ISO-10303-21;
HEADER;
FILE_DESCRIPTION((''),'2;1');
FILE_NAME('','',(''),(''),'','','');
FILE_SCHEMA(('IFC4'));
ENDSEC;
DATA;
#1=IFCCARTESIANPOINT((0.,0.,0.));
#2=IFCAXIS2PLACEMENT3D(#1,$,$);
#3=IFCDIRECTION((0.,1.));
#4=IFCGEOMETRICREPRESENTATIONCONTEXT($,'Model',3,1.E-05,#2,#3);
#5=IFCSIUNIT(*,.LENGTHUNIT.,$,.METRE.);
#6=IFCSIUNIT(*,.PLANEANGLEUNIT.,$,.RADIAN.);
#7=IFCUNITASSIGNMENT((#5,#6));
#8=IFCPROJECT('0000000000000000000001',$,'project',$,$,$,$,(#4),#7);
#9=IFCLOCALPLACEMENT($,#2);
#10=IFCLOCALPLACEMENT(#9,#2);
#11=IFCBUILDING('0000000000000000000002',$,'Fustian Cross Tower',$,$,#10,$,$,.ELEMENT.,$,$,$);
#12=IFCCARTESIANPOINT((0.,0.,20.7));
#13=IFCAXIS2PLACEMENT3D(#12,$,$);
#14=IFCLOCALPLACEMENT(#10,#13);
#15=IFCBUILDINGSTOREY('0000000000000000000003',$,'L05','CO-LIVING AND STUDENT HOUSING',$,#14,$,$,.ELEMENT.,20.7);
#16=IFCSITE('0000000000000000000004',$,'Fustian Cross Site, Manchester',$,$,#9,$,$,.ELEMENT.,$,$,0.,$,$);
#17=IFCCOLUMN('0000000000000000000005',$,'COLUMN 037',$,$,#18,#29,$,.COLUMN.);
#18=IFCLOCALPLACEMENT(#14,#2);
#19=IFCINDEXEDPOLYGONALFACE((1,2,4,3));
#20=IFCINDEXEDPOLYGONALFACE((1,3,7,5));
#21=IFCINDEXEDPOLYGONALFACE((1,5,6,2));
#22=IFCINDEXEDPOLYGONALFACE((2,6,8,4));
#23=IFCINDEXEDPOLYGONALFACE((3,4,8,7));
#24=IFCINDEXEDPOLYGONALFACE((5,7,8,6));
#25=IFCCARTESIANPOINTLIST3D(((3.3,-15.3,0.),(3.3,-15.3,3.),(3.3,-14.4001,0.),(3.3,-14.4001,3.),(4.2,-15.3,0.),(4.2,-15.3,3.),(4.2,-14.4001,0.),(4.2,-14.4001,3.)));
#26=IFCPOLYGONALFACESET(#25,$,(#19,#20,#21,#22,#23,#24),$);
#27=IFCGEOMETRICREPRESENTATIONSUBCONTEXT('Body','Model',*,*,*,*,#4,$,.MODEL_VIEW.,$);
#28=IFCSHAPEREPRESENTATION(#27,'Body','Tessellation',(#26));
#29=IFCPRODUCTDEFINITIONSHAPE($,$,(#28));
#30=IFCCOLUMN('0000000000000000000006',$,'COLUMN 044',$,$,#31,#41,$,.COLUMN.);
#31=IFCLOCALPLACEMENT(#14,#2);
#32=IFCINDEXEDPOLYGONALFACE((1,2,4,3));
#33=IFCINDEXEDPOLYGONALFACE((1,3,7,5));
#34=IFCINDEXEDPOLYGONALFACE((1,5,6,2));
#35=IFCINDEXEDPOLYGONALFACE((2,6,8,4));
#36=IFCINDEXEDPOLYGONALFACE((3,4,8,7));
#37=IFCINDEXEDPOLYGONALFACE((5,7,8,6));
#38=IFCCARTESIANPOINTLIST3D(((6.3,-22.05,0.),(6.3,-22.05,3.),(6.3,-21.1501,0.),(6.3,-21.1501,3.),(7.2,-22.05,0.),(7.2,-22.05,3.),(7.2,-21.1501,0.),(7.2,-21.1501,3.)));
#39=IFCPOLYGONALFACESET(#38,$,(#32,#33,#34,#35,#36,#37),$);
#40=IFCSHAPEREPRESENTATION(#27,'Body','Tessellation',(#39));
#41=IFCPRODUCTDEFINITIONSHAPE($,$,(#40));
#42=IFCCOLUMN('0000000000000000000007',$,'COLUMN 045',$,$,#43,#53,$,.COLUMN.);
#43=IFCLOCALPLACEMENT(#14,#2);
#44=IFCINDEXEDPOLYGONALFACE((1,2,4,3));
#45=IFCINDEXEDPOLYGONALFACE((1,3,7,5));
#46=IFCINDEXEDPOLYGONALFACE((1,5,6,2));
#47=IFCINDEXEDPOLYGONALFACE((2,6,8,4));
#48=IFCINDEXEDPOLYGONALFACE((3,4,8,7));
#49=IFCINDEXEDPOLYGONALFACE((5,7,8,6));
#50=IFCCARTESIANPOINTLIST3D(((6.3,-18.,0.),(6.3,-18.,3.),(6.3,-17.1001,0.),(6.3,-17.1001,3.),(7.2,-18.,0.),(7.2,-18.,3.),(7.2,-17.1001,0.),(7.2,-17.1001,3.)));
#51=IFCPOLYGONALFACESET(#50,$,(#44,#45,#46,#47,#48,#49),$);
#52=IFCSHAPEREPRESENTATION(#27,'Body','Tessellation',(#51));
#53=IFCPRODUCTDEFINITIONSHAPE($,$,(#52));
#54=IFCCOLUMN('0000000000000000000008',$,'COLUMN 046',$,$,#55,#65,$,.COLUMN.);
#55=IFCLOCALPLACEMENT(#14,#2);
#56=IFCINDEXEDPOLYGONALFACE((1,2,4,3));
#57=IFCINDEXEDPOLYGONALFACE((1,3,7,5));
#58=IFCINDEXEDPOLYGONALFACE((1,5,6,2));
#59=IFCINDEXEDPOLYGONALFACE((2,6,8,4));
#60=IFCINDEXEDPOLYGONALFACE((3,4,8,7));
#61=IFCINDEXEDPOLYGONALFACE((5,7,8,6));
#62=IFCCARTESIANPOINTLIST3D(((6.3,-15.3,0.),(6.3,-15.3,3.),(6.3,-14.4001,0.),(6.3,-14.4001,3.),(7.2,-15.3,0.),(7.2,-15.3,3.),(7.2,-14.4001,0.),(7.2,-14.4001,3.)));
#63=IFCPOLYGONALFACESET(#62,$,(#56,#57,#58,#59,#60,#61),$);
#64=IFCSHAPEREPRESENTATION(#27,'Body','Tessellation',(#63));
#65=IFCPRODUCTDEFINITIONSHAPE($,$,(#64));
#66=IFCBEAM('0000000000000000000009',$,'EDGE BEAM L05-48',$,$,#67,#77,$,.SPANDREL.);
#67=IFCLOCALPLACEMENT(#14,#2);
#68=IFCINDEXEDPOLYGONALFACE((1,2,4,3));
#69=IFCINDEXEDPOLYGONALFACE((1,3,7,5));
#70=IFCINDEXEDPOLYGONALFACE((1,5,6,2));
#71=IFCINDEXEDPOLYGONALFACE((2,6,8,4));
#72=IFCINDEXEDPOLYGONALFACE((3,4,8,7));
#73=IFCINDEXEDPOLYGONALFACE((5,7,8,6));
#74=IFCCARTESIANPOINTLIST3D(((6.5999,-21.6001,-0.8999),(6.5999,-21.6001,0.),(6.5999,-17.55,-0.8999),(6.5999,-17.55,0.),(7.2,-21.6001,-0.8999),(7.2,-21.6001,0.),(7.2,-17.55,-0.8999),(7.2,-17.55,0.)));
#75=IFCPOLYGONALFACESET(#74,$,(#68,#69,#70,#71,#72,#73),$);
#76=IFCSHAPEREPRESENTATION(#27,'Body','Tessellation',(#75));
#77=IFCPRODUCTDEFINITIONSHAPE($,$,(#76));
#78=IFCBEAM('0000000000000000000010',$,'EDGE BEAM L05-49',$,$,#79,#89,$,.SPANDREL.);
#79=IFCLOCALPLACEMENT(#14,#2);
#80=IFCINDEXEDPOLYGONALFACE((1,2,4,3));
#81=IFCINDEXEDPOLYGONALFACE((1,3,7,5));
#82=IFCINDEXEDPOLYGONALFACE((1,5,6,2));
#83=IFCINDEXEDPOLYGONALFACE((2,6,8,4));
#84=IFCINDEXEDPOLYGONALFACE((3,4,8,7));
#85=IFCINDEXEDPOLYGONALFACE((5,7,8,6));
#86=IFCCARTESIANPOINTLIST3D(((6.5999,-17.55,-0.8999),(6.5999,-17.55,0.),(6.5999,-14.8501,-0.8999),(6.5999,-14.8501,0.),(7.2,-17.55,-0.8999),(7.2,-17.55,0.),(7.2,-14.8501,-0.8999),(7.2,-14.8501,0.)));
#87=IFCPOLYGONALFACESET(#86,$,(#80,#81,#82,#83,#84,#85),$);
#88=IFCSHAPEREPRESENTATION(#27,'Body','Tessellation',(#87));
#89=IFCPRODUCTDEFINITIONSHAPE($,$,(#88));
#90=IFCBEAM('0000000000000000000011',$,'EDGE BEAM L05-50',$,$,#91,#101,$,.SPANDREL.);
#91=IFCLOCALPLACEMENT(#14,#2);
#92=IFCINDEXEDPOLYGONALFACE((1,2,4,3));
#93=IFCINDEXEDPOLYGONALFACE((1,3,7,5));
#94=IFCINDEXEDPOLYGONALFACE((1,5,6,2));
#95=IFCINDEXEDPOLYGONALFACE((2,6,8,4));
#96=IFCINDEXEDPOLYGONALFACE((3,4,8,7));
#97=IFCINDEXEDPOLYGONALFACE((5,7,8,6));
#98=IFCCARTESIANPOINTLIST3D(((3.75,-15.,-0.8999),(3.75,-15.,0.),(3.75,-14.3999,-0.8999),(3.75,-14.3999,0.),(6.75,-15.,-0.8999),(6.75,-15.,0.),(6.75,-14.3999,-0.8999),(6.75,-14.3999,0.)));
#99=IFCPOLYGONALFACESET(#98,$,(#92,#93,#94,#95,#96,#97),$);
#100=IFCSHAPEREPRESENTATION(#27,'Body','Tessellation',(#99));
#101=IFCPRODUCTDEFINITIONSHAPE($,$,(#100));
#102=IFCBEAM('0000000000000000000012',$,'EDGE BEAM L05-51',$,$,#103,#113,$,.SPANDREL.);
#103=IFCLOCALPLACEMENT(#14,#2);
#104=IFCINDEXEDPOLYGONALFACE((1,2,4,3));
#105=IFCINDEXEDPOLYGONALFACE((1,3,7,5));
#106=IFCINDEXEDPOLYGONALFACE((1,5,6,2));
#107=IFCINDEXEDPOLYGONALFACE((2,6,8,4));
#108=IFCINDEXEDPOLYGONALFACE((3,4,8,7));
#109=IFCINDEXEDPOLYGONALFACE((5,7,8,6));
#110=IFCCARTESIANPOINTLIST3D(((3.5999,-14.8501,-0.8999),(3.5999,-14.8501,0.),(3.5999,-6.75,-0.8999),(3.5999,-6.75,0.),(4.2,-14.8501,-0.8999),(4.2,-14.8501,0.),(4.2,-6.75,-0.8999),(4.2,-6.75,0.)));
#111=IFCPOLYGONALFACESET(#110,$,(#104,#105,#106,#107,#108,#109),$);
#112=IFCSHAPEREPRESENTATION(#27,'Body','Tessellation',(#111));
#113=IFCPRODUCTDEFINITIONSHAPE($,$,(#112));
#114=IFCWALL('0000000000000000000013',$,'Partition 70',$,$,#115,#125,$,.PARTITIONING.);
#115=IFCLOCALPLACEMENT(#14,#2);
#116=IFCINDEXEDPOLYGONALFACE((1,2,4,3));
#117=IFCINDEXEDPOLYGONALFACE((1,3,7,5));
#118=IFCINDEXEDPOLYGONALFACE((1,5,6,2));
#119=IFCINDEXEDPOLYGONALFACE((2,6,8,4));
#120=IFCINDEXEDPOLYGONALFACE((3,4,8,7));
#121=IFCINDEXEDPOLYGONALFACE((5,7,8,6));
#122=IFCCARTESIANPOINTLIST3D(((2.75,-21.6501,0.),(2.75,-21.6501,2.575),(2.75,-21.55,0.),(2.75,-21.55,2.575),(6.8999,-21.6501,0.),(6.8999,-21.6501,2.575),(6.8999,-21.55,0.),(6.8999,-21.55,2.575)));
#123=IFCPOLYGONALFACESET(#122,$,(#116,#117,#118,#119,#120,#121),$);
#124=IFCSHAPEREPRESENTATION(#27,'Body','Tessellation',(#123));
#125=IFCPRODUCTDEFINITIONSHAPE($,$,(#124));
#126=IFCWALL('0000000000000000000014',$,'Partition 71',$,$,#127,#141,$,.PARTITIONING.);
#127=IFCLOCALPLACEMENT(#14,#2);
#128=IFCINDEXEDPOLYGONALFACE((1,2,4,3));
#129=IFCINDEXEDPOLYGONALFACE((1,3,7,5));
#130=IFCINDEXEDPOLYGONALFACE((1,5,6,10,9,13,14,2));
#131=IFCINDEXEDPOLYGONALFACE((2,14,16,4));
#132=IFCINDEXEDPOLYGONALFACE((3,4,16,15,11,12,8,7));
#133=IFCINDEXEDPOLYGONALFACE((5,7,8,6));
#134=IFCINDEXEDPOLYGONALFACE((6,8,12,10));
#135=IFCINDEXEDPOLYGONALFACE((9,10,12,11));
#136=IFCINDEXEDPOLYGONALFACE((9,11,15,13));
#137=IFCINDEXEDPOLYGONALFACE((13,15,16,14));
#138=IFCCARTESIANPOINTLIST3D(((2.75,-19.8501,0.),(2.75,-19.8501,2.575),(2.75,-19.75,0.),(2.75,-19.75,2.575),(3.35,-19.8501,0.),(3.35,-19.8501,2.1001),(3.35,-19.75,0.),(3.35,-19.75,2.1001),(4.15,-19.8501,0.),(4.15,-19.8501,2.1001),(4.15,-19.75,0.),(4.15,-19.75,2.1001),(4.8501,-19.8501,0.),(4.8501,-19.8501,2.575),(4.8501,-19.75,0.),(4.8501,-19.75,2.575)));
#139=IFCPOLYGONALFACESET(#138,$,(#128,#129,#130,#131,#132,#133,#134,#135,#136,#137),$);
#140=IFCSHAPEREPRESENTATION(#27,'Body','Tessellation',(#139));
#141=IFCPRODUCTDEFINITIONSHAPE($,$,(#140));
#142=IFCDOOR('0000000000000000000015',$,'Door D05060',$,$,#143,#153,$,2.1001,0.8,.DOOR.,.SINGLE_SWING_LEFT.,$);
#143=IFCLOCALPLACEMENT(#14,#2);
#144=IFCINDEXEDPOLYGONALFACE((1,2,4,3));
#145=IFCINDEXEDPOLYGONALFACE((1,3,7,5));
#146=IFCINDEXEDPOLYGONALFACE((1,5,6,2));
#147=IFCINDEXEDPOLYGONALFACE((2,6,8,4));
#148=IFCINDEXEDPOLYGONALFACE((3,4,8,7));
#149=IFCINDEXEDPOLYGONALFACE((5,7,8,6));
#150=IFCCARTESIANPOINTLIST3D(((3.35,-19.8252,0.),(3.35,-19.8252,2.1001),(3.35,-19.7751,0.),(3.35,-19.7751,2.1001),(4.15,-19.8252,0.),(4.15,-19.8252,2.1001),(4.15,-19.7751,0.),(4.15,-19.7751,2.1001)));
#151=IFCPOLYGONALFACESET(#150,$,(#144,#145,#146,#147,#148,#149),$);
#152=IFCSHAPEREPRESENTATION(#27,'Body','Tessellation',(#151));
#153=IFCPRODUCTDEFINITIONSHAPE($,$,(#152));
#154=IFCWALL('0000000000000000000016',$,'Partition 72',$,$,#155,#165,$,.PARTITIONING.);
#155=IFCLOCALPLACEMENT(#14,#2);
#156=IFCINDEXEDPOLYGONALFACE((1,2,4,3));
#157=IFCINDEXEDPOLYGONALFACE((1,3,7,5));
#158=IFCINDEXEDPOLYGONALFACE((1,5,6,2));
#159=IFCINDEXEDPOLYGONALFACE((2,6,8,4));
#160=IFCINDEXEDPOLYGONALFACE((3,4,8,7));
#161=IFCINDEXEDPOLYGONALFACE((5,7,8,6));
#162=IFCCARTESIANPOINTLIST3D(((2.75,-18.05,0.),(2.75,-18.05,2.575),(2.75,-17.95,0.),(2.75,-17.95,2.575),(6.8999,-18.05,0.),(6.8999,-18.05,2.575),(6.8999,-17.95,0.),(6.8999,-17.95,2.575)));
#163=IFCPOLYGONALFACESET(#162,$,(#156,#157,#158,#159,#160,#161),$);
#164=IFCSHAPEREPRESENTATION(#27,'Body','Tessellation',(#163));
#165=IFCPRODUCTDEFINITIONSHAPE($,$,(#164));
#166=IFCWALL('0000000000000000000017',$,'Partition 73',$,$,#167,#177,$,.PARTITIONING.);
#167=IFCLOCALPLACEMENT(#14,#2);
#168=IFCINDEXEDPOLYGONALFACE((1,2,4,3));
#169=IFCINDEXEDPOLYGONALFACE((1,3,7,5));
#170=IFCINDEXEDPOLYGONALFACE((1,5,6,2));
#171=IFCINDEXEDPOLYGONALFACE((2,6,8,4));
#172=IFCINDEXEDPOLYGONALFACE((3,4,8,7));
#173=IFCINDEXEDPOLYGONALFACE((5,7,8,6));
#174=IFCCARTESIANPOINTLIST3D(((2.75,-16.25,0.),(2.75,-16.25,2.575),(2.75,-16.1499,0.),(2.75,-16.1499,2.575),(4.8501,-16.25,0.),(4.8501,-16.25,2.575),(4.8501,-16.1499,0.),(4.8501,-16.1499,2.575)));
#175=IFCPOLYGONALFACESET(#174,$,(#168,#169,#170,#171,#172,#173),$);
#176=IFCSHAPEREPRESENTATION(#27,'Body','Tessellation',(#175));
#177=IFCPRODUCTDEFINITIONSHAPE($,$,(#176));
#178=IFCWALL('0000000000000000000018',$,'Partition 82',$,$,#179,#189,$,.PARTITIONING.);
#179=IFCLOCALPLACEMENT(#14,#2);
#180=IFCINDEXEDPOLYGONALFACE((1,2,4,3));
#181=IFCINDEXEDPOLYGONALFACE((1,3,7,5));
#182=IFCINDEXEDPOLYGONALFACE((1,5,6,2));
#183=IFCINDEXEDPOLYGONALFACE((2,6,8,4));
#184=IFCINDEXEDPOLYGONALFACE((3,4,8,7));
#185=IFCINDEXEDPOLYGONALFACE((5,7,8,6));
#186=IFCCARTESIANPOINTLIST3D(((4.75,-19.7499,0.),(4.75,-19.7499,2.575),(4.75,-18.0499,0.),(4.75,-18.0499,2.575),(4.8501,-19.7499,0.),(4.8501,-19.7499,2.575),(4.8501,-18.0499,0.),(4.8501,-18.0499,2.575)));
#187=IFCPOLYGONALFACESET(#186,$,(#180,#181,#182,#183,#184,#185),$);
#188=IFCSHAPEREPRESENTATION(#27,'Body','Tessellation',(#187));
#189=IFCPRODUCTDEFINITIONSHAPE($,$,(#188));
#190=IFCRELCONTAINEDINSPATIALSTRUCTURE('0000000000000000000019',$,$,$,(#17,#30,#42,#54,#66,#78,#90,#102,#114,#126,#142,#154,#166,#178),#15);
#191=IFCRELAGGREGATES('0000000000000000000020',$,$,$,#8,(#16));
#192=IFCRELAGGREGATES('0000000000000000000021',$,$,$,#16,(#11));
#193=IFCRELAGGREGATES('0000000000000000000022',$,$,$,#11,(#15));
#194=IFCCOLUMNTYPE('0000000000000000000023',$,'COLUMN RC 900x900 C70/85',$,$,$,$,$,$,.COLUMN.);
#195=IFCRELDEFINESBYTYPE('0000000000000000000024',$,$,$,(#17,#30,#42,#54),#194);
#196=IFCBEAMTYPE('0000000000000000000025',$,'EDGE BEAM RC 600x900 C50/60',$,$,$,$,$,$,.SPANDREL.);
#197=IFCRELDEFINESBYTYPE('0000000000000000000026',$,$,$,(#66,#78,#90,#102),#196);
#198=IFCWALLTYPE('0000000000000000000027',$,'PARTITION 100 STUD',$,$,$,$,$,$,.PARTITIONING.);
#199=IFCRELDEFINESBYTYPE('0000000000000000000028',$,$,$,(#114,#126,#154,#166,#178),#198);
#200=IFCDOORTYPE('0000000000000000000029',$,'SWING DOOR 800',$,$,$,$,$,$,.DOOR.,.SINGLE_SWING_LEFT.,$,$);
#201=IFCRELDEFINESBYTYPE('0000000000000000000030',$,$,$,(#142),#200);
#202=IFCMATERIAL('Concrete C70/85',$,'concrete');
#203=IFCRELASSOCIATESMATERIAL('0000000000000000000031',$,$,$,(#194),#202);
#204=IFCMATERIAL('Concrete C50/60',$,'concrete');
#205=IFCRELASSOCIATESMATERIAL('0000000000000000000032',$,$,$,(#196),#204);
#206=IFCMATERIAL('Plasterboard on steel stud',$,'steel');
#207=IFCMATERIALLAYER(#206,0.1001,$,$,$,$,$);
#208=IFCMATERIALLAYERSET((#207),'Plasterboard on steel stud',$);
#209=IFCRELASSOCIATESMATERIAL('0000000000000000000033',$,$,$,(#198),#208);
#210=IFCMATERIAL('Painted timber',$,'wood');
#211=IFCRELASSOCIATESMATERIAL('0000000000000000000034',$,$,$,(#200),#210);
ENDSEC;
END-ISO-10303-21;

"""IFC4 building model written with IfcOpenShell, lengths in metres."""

from ifc_helpers import new_model, si_unit, direction, frame, frame_2d, origin, origin_2d, place, context, subcontext, project, spatial, rectangle, extrude, material, layer, layer_set, material_profile, profile_set, type_object, element, fill, save


model = new_model("IFC4")

# Units and contexts
model_context = context("Model", 3, precision=1e-05, world=origin(), true_north=direction((0.0, 1.0)))
body_context = subcontext(model_context, "Body", "Model", "MODEL_VIEW")
ifc_project = project(units=[si_unit("LENGTHUNIT", "METRE"), si_unit("PLANEANGLEUNIT", "RADIAN")], contexts=[model_context])

# Site, building, storey
site_placement = place(None, origin())
site = spatial("IfcSite", under=ifc_project, at=site_placement, Name="Fustian Cross Site, Manchester", CompositionType="ELEMENT", RefElevation=0.0)
building_placement = place(site_placement, origin())
building = spatial("IfcBuilding", under=site, at=building_placement, Name="Fustian Cross Tower", CompositionType="ELEMENT")
storey_placement = place(building_placement, frame((0.0, 0.0, 20.7)))
storey = spatial("IfcBuildingStorey", under=building, at=storey_placement, Name="L05", Description="CO-LIVING AND STUDENT HOUSING", CompositionType="ELEMENT", Elevation=20.7)

# Columns
ifc_material_1 = material(Name="Concrete C70/85", Category="concrete")
ifc_material_profile_1 = material_profile(ifc_material_1, rectangle(XDim=0.8999, YDim=0.8999, at=origin_2d()), Name="RC 900x900")
ifc_profile_set_1 = profile_set([ifc_material_profile_1], Name="Concrete C70/85")
column_type = type_object("IfcColumnType", Name="COLUMN RC 900x900 C70/85", PredefinedType="COLUMN", material=ifc_profile_set_1)
for number, where, z_axis, x_axis, name in (
    (1, (3.75, -14.8501, 0.0), (0.0, 0.0, 1.0), (1.0, 0.0, 0.0), "COLUMN 037"),
    (2, (6.75, -21.6001, 0.0), (0.0, 0.0, 1.0), (1.0, 0.0, 0.0), "COLUMN 044"),
    (3, (6.75, -17.55, 0.0), (0.0, 0.0, 1.0), (1.0, 0.0, 0.0), "COLUMN 045"),
    (4, (6.75, -14.8501, 0.0), (0.0, 0.0, 1.0), (1.0, 0.0, 0.0), "COLUMN 046"),
):
    element("IfcColumn", number, at=place(storey_placement, frame(where, z_axis=z_axis, x_axis=x_axis)), inside=storey, type_object=column_type, Name=name, PredefinedType="COLUMN", context=body_context, shape_type="SweptSolid", body=[
        extrude(rectangle(XDim=0.8999, YDim=0.8999, at=origin_2d()), origin(), (0.0, 0.0, 1.0), 3.0),
    ])

# Beams
ifc_material_2 = material(Name="Concrete C50/60", Category="concrete")
ifc_material_profile_2 = material_profile(ifc_material_2, rectangle(XDim=0.6001, YDim=0.8999, at=origin_2d()), Name="RC 600x900")
ifc_profile_set_2 = profile_set([ifc_material_profile_2], Name="Concrete C50/60")
beam_type = type_object("IfcBeamType", Name="EDGE BEAM RC 600x900 C50/60", PredefinedType="SPANDREL", material=ifc_profile_set_2)
beam_1_placement = place(storey_placement, frame((6.8999, -21.6001, -0.45), z_axis=(0.0, 1.0, 0.0), x_axis=(-1.0, 0.0, 0.0)))
element("IfcBeam", 5, at=beam_1_placement, inside=storey, type_object=beam_type, Name="EDGE BEAM L05-48", PredefinedType="SPANDREL", context=body_context, shape_type="SweptSolid", body=[
    extrude(rectangle(XDim=0.6001, YDim=0.8999, at=origin_2d()), origin(), (0.0, 0.0, 1.0), 4.05),
])
beam_2_placement = place(storey_placement, frame((6.8999, -17.55, -0.45), z_axis=(0.0, 1.0, 0.0), x_axis=(-1.0, 0.0, 0.0)))
element("IfcBeam", 6, at=beam_2_placement, inside=storey, type_object=beam_type, Name="EDGE BEAM L05-49", PredefinedType="SPANDREL", context=body_context, shape_type="SweptSolid", body=[
    extrude(rectangle(XDim=0.6001, YDim=0.8999, at=origin_2d()), origin(), (0.0, 0.0, 1.0), 2.7),
])
beam_3_placement = place(storey_placement, frame((6.75, -14.7, -0.45), z_axis=(-1.0, 0.0, 0.0), x_axis=(0.0, -1.0, 0.0)))
element("IfcBeam", 7, at=beam_3_placement, inside=storey, type_object=beam_type, Name="EDGE BEAM L05-50", PredefinedType="SPANDREL", context=body_context, shape_type="SweptSolid", body=[
    extrude(rectangle(XDim=0.6001, YDim=0.8999, at=origin_2d()), origin(), (0.0, 0.0, 1.0), 3.0),
])
beam_4_placement = place(storey_placement, frame((3.8999, -14.8501, -0.45), z_axis=(0.0, 1.0, 0.0), x_axis=(-1.0, 0.0, 0.0)))
element("IfcBeam", 8, at=beam_4_placement, inside=storey, type_object=beam_type, Name="EDGE BEAM L05-51", PredefinedType="SPANDREL", context=body_context, shape_type="SweptSolid", body=[
    extrude(rectangle(XDim=0.6001, YDim=0.8999, at=origin_2d()), origin(), (0.0, 0.0, 1.0), 8.1001),
])

# Wall
ifc_material_3 = material(Name="Plasterboard on steel stud", Category="steel")
ifc_layer_1 = layer(ifc_material_3, 0.1001)
ifc_layer_set_1 = layer_set([ifc_layer_1], Name="Plasterboard on steel stud")
wall_type_1 = type_object("IfcWallType", Name="PARTITION 100 STUD", PredefinedType="PARTITIONING", material=ifc_layer_set_1)
wall_1_placement = place(storey_placement, frame((2.75, -21.6001, 0.0), z_axis=(0.0, 0.0, 1.0), x_axis=(1.0, 0.0, 0.0)))
element("IfcWall", 9, at=wall_1_placement, inside=storey, type_object=wall_type_1, Name="Partition 70", PredefinedType="PARTITIONING", context=body_context, shape_type="SweptSolid", body=[
    extrude(rectangle(XDim=4.1499, YDim=0.1001, at=frame_2d((2.075, 0.0))), origin(), (0.0, 0.0, 1.0), 2.575),
])

# Wall, opening, door
wall_2_placement = place(storey_placement, frame((2.75, -19.8, 0.0), z_axis=(0.0, 0.0, 1.0), x_axis=(1.0, 0.0, 0.0)))
wall_2 = element("IfcWall", 10, at=wall_2_placement, inside=storey, type_object=wall_type_1, Name="Partition 71", PredefinedType="PARTITIONING", context=body_context, shape_type="SweptSolid", body=[
    extrude(rectangle(XDim=2.1001, YDim=0.1001, at=frame_2d((1.05, 0.0))), origin(), (0.0, 0.0, 1.0), 2.575),
])
opening_1_placement = place(wall_2_placement, frame((0.6001, 0.0, 0.0)))
opening_1 = element("IfcOpeningElement", 11, at=opening_1_placement, cuts=wall_2, PredefinedType="OPENING", context=body_context, shape_type="SweptSolid", body=[
    extrude(rectangle(XDim=0.8, YDim=2.1001, at=frame_2d((0.3999, 1.05))), frame((0.0, 0.0601, 0.0), z_axis=(0.0, -1.0, 0.0), x_axis=(1.0, 0.0, 0.0)), (0.0, 0.0, 1.0), 0.1201),
])
ifc_material_4 = material(Name="Painted timber", Category="wood")
door_type = type_object("IfcDoorType", Name="SWING DOOR 800", OperationType="SINGLE_SWING_LEFT", PredefinedType="DOOR", material=ifc_material_4)
door_1_placement = place(opening_1_placement, origin())
door_1 = element("IfcDoor", 12, at=door_1_placement, inside=storey, type_object=door_type, Name="Door D05060", OperationType="SINGLE_SWING_LEFT", OverallHeight=2.1001, OverallWidth=0.8, PredefinedType="DOOR", context=body_context, shape_type="SweptSolid", body=[
    extrude(rectangle(XDim=0.8, YDim=2.1001, at=frame_2d((0.3999, 1.05))), frame((0.0, 0.0249, 0.0), z_axis=(0.0, -1.0, 0.0), x_axis=(1.0, 0.0, 0.0)), (0.0, 0.0, 1.0), 0.05),
])
fill(opening_1, door_1)

# Walls
wall_3_placement = place(storey_placement, frame((2.75, -18.0, 0.0), z_axis=(0.0, 0.0, 1.0), x_axis=(1.0, 0.0, 0.0)))
element("IfcWall", 13, at=wall_3_placement, inside=storey, type_object=wall_type_1, Name="Partition 72", PredefinedType="PARTITIONING", context=body_context, shape_type="SweptSolid", body=[
    extrude(rectangle(XDim=4.1499, YDim=0.1001, at=frame_2d((2.075, 0.0))), origin(), (0.0, 0.0, 1.0), 2.575),
])
wall_4_placement = place(storey_placement, frame((2.75, -16.2, 0.0), z_axis=(0.0, 0.0, 1.0), x_axis=(1.0, 0.0, 0.0)))
element("IfcWall", 14, at=wall_4_placement, inside=storey, type_object=wall_type_1, Name="Partition 73", PredefinedType="PARTITIONING", context=body_context, shape_type="SweptSolid", body=[
    extrude(rectangle(XDim=2.1001, YDim=0.1001, at=frame_2d((1.05, 0.0))), origin(), (0.0, 0.0, 1.0), 2.575),
])
wall_5_placement = place(storey_placement, frame((4.8, -19.75, 0.0), z_axis=(0.0, 0.0, 1.0), x_axis=(0.0, 1.0, 0.0)))
element("IfcWall", 15, at=wall_5_placement, inside=storey, type_object=wall_type_1, Name="Partition 82", PredefinedType="PARTITIONING", context=body_context, shape_type="SweptSolid", body=[
    extrude(rectangle(XDim=1.7, YDim=0.1001, at=frame_2d((0.8501, 0.0))), origin(), (0.0, 0.0, 1.0), 2.575),
])

save(model, "model.ifc")
